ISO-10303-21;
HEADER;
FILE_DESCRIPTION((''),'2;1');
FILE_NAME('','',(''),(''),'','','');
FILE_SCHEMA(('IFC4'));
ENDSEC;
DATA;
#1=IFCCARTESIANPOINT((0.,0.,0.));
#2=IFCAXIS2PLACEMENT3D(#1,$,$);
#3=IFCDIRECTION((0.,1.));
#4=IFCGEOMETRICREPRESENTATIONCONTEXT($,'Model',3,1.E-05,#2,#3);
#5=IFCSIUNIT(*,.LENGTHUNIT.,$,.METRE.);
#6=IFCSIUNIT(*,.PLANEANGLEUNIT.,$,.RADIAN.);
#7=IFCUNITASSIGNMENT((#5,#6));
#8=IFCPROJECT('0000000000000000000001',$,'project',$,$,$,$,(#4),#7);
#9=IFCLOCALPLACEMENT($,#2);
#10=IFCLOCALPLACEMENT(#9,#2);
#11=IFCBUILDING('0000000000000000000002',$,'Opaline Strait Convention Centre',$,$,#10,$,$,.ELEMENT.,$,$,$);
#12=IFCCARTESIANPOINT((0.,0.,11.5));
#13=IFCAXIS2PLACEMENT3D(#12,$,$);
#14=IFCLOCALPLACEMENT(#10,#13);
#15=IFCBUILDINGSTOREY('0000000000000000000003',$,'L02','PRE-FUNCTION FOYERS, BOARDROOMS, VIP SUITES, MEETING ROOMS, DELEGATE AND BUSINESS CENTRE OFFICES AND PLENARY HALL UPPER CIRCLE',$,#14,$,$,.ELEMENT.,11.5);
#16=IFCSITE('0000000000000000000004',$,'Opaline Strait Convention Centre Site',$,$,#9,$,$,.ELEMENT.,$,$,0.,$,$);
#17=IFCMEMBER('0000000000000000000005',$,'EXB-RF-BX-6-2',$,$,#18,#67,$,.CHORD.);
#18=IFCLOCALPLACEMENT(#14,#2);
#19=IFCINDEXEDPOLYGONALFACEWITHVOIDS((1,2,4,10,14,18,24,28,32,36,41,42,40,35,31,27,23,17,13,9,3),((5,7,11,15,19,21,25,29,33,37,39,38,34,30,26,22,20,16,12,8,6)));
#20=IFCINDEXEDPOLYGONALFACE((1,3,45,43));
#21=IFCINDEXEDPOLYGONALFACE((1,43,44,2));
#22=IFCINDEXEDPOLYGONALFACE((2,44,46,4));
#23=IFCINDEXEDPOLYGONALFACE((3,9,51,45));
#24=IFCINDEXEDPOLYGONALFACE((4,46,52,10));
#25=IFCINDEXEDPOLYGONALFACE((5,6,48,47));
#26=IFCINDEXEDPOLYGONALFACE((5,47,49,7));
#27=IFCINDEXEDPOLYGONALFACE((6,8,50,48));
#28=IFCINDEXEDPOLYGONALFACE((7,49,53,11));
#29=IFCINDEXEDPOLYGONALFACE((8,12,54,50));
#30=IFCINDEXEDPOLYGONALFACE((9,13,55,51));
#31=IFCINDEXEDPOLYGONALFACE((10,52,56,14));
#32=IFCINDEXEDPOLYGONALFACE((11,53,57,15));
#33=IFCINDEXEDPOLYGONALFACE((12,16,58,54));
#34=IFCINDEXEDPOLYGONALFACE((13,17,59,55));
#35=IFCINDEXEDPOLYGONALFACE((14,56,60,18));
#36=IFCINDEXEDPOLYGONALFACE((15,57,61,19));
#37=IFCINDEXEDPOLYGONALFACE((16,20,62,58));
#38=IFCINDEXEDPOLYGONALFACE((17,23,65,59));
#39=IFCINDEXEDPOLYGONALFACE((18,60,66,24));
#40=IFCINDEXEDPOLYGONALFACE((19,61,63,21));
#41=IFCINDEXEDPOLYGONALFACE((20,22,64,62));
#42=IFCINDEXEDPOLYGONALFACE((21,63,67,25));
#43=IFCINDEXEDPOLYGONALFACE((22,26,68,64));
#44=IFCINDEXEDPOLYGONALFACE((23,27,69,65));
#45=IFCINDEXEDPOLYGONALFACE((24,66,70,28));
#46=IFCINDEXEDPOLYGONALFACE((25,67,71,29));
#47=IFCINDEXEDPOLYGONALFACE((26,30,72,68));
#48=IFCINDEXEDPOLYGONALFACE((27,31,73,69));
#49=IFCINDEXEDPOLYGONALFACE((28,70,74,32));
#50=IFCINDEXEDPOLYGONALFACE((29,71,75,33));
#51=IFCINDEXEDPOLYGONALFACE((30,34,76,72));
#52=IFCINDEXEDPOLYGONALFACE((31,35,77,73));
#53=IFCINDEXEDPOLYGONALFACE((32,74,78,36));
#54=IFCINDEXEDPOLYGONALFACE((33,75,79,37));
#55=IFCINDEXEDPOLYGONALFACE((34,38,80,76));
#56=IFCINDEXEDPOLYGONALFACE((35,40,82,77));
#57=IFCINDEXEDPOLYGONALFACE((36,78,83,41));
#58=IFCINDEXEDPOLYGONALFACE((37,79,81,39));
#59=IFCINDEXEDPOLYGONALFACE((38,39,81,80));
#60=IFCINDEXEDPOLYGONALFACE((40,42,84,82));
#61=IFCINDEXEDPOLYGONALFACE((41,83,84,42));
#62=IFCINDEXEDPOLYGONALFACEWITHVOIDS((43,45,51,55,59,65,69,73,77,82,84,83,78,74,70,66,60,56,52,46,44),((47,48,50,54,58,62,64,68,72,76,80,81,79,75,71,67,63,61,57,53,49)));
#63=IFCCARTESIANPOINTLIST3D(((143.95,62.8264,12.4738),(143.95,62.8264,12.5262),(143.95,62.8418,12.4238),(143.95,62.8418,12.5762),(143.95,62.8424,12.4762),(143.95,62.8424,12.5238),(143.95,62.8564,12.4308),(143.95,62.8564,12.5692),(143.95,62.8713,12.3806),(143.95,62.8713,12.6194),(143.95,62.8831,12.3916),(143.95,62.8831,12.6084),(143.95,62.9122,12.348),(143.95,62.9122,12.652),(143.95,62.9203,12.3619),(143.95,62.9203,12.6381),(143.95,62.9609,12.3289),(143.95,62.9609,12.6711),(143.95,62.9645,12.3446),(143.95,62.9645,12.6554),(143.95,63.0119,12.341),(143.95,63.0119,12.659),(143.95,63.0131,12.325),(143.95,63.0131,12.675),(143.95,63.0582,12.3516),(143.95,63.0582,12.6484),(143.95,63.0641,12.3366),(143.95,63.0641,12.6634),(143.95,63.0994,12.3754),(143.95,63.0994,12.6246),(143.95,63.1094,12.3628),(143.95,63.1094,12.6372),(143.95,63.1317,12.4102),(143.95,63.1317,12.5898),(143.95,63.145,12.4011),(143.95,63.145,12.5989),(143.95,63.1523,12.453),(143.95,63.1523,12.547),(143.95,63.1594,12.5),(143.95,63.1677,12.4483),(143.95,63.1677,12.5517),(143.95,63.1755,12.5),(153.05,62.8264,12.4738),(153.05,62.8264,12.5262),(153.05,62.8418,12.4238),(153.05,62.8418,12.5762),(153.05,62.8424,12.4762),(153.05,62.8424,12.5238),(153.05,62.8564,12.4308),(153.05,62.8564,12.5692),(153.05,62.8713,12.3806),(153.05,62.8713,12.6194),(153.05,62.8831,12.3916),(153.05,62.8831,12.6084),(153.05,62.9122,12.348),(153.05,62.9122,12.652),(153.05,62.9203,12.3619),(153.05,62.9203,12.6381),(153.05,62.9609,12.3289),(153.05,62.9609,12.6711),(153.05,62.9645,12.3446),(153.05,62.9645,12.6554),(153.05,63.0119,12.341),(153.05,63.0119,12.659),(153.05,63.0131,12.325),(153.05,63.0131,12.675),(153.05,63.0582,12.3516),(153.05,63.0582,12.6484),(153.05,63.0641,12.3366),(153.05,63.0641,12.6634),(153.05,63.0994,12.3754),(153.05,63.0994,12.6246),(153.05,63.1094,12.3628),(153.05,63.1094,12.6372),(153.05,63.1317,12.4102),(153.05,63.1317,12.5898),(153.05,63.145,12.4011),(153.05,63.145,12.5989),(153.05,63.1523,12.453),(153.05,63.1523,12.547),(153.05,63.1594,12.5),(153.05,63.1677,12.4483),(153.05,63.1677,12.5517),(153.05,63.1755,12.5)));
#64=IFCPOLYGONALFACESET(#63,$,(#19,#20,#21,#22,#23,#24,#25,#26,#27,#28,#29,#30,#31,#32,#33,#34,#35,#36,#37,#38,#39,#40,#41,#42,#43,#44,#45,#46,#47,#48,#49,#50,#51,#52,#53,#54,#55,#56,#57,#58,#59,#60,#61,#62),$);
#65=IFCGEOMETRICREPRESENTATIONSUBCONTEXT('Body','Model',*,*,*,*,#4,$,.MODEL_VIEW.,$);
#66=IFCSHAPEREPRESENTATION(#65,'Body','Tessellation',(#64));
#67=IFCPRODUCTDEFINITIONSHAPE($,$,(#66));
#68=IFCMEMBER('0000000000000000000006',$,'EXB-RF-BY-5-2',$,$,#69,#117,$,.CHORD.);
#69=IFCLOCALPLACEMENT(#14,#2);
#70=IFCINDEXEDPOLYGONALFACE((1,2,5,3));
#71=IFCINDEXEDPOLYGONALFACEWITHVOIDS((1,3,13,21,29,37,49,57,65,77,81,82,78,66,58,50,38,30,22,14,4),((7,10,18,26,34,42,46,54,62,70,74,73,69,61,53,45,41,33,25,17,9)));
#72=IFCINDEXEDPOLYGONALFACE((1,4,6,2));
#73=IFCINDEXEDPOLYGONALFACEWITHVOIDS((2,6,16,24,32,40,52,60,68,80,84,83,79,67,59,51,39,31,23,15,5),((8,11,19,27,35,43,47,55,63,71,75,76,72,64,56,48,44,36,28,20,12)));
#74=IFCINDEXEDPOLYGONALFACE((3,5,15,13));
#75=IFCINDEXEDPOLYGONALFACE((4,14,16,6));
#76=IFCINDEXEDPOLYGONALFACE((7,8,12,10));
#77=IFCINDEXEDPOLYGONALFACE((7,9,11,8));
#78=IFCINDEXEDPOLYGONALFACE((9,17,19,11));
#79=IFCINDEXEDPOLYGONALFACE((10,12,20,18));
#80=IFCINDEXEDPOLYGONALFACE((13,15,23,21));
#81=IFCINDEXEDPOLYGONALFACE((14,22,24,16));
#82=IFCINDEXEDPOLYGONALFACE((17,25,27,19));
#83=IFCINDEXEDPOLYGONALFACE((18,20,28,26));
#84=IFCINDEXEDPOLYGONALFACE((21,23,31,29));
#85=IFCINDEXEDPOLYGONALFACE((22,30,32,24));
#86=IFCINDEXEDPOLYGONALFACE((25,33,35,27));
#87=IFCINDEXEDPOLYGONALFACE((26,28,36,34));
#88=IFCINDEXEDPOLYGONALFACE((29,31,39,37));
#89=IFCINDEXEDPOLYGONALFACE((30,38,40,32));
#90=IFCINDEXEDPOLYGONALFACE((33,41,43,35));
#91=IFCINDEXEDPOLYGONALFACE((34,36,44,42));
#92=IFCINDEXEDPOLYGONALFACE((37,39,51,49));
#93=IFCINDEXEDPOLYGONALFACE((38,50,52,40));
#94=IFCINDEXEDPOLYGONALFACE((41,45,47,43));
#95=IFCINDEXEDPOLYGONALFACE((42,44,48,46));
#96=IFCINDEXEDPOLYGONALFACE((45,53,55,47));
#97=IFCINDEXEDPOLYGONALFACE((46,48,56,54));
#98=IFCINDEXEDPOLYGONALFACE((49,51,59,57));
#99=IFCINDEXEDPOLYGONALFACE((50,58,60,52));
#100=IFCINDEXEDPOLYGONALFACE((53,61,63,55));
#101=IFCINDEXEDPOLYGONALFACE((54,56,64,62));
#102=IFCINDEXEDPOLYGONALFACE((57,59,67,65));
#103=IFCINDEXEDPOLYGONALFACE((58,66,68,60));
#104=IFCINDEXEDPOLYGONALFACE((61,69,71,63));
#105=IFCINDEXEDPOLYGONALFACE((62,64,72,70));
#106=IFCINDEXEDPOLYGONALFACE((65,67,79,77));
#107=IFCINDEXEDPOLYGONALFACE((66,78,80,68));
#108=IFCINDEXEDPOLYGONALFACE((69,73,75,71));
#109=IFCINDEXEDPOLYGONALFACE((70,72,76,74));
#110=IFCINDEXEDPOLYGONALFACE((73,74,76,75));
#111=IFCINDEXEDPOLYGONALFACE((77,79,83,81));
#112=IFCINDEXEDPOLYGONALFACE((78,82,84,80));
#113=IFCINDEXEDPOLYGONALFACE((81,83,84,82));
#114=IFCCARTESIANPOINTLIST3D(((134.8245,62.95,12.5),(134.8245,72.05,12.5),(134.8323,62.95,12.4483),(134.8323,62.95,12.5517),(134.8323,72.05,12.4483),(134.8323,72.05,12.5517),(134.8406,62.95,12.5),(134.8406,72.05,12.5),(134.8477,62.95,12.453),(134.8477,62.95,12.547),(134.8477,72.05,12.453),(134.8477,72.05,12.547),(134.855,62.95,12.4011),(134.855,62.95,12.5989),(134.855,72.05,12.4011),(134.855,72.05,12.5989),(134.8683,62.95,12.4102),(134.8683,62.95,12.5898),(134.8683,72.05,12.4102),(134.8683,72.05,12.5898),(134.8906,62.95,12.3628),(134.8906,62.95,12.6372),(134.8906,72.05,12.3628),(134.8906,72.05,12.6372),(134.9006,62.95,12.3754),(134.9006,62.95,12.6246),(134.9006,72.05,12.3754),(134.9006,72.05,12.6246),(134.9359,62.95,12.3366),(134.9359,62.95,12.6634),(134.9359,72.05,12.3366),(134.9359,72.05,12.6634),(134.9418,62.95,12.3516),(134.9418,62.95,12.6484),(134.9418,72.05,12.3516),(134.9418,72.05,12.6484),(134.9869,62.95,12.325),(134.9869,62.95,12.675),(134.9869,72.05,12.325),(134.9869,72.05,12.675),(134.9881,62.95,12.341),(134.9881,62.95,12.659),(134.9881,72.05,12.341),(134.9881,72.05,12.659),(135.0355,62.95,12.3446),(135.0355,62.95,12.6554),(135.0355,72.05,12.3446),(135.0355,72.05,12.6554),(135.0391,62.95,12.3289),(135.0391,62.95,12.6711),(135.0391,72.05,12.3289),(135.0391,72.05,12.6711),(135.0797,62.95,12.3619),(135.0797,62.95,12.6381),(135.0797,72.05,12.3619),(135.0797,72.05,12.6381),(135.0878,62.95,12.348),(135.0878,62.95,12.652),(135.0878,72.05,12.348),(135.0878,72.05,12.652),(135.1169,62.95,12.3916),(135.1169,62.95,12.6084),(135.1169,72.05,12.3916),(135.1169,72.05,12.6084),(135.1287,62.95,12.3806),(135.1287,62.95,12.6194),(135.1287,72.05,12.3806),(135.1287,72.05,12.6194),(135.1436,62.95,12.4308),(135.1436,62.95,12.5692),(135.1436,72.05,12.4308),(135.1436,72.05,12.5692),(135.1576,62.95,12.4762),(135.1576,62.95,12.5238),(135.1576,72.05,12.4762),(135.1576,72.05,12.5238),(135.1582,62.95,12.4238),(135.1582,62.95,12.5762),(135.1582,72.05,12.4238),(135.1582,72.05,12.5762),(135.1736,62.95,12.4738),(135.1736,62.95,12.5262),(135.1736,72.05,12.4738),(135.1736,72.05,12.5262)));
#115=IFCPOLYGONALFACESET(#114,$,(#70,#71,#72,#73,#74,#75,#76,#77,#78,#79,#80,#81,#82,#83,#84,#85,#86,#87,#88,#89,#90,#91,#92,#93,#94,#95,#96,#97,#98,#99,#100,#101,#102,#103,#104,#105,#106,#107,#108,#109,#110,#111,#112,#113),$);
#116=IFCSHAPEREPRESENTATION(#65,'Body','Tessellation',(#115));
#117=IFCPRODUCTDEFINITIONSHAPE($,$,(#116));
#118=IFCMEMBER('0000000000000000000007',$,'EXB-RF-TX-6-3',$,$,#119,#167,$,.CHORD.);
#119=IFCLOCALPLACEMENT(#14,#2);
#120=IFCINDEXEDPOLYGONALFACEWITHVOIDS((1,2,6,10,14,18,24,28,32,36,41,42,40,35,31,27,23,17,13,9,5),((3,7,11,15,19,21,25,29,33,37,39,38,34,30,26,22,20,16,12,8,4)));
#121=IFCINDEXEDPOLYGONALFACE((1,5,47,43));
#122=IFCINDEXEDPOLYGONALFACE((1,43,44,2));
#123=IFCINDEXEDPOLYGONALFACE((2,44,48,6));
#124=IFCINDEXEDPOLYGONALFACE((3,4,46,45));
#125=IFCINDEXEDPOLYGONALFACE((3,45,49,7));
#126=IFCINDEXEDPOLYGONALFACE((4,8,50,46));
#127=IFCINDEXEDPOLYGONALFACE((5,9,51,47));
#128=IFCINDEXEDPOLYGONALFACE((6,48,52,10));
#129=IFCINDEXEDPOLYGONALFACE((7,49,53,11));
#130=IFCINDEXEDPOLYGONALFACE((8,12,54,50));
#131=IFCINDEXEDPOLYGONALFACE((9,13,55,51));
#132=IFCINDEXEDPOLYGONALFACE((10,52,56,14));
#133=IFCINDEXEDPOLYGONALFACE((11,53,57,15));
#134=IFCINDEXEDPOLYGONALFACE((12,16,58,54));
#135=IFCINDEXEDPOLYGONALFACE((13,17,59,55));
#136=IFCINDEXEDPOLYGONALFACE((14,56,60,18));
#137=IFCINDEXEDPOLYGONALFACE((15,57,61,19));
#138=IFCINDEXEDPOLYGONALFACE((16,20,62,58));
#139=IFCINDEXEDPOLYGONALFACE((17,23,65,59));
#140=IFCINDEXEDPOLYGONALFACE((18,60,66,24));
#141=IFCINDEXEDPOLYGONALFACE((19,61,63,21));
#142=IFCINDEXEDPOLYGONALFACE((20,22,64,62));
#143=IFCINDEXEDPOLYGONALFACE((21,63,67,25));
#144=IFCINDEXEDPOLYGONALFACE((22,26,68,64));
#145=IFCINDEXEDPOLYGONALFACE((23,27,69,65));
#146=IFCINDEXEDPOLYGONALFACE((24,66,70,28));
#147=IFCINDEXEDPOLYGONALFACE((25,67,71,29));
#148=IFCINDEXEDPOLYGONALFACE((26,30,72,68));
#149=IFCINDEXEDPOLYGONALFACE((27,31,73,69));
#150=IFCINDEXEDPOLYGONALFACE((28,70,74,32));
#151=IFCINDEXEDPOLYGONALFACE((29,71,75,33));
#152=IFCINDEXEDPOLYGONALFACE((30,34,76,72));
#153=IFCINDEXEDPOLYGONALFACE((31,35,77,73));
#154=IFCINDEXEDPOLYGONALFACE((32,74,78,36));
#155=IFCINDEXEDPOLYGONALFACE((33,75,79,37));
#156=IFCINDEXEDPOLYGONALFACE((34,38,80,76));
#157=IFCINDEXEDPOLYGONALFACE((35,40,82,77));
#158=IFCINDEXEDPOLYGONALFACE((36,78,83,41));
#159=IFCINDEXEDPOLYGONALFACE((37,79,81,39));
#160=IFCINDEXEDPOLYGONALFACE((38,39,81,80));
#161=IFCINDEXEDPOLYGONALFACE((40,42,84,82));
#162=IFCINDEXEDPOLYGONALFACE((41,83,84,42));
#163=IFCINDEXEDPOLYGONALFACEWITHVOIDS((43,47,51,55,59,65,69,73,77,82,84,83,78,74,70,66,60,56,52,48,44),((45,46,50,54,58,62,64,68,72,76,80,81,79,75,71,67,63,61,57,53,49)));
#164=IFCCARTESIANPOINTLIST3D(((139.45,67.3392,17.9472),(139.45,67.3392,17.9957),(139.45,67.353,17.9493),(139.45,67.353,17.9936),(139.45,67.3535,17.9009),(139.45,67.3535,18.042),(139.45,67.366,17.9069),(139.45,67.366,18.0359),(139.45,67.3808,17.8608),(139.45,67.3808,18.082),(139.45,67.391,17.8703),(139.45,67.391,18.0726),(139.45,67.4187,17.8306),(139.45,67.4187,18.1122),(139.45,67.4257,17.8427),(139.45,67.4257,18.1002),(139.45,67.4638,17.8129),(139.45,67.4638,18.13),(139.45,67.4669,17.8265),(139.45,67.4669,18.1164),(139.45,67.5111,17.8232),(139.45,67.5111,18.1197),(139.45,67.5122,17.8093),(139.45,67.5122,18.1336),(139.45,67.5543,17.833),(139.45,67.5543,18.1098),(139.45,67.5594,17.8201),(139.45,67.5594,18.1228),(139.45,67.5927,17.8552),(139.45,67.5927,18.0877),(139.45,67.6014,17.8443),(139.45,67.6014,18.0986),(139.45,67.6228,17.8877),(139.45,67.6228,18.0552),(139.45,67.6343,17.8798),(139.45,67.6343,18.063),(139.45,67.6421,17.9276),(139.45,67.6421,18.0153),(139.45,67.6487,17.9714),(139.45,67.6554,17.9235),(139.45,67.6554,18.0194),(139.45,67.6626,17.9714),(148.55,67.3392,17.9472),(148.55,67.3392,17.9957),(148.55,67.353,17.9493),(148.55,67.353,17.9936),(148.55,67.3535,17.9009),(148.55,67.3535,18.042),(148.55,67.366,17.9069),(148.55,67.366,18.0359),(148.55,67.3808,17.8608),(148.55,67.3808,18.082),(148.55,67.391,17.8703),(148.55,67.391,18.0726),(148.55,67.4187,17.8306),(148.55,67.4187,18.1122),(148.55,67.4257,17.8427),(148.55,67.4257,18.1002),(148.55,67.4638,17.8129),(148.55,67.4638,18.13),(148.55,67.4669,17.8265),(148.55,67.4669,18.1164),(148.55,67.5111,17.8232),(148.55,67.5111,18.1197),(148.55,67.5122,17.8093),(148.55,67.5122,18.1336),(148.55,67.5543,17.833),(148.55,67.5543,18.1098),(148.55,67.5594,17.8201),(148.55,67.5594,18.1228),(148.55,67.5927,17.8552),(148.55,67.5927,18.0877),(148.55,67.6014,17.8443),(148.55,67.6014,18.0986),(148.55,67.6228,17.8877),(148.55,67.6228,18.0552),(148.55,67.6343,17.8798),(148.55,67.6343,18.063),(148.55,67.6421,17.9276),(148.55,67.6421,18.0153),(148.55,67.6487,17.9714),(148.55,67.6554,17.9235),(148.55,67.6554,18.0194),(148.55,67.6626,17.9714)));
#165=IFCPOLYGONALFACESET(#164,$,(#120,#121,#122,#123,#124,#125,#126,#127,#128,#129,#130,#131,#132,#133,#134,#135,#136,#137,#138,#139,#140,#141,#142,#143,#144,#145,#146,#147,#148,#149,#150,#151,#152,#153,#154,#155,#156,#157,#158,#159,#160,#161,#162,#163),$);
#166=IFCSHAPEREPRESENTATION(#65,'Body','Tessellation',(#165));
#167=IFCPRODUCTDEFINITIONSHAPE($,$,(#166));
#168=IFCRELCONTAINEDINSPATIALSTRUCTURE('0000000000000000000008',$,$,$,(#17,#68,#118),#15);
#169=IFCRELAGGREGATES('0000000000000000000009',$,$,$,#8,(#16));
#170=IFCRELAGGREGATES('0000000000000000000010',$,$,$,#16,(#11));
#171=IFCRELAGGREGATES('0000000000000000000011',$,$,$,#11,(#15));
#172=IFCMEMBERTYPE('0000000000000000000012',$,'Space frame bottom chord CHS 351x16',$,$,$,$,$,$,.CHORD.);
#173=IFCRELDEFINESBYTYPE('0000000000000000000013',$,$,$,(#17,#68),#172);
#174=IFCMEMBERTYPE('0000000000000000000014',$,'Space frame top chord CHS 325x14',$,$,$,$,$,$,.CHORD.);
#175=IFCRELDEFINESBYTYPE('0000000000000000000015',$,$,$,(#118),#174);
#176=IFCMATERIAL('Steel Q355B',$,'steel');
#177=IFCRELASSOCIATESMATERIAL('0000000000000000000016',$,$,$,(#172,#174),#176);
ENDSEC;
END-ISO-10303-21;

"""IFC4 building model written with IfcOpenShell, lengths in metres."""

from ifc_helpers import new_model, si_unit, direction, frame, origin, origin_2d, place, context, subcontext, project, spatial, hollow_circle, extrude, material, material_profile, profile_set, type_object, element, save


model = new_model("IFC4")

# Units and contexts
model_context = context("Model", 3, precision=1e-05, world=origin(), true_north=direction((0.0, 1.0)))
body_context = subcontext(model_context, "Body", "Model", "MODEL_VIEW")
ifc_project = project(units=[si_unit("LENGTHUNIT", "METRE"), si_unit("PLANEANGLEUNIT", "RADIAN")], contexts=[model_context])

# Site, building, storey
site_placement = place(None, origin())
site = spatial("IfcSite", under=ifc_project, at=site_placement, Name="Opaline Strait Convention Centre Site", CompositionType="ELEMENT", RefElevation=0.0)
building_placement = place(site_placement, origin())
building = spatial("IfcBuilding", under=site, at=building_placement, Name="Opaline Strait Convention Centre", CompositionType="ELEMENT")
storey_placement = place(building_placement, frame((0.0, 0.0, 11.5)))
storey = spatial("IfcBuildingStorey", under=building, at=storey_placement, Name="L02", Description="PRE-FUNCTION FOYERS, BOARDROOMS, VIP SUITES, MEETING ROOMS, DELEGATE AND BUSINESS CENTRE OFFICES AND PLENARY HALL UPPER CIRCLE", CompositionType="ELEMENT", Elevation=11.5)

# Members
ifc_material_1 = material(Name="Steel Q355B", Category="steel")
ifc_material_profile_1 = material_profile(ifc_material_1, hollow_circle(Radius=0.1755, WallThickness=0.0161, at=origin_2d()), Name="CHS 351x16")
ifc_profile_set_1 = profile_set([ifc_material_profile_1], Name="Steel Q355B")
member_type_1 = type_object("IfcMemberType", Name="Space frame bottom chord CHS 351x16", PredefinedType="CHORD", material=ifc_profile_set_1)
for number, where, z_axis, x_axis, name in (
    (1, (143.95, 63.0, 12.5), (1.0, 0.0, 0.0), (0.0, 1.0, 0.0), "EXB-RF-BX-6-2"),
    (2, (135.0, 62.95, 12.5), (0.0, 1.0, 0.0), (-1.0, 0.0, 0.0), "EXB-RF-BY-5-2"),
):
    element("IfcMember", number, at=place(storey_placement, frame(where, z_axis=z_axis, x_axis=x_axis)), inside=storey, type_object=member_type_1, Name=name, PredefinedType="CHORD", context=body_context, shape_type="SweptSolid", body=[
        extrude(hollow_circle(Radius=0.1755, WallThickness=0.0161, at=origin_2d()), origin(), (0.0, 0.0, 1.0), 9.1001),
    ])
ifc_material_profile_2 = material_profile(ifc_material_1, hollow_circle(Radius=0.1626, WallThickness=0.0139, at=origin_2d()), Name="CHS 325x14")
ifc_profile_set_2 = profile_set([ifc_material_profile_2], Name="Steel Q355B")
member_type_2 = type_object("IfcMemberType", Name="Space frame top chord CHS 325x14", PredefinedType="CHORD", material=ifc_profile_set_2)
for number, where, z_axis, x_axis, name in (
    (3, (139.45, 67.5, 17.9714), (1.0, 0.0, 0.0), (0.0, 1.0, 0.0), "EXB-RF-TX-6-3"),
):
    element("IfcMember", number, at=place(storey_placement, frame(where, z_axis=z_axis, x_axis=x_axis)), inside=storey, type_object=member_type_2, Name=name, PredefinedType="CHORD", context=body_context, shape_type="SweptSolid", body=[
        extrude(hollow_circle(Radius=0.1626, WallThickness=0.0139, at=origin_2d()), origin(), (0.0, 0.0, 1.0), 9.1001),
    ])

save(model, "model.ifc")
